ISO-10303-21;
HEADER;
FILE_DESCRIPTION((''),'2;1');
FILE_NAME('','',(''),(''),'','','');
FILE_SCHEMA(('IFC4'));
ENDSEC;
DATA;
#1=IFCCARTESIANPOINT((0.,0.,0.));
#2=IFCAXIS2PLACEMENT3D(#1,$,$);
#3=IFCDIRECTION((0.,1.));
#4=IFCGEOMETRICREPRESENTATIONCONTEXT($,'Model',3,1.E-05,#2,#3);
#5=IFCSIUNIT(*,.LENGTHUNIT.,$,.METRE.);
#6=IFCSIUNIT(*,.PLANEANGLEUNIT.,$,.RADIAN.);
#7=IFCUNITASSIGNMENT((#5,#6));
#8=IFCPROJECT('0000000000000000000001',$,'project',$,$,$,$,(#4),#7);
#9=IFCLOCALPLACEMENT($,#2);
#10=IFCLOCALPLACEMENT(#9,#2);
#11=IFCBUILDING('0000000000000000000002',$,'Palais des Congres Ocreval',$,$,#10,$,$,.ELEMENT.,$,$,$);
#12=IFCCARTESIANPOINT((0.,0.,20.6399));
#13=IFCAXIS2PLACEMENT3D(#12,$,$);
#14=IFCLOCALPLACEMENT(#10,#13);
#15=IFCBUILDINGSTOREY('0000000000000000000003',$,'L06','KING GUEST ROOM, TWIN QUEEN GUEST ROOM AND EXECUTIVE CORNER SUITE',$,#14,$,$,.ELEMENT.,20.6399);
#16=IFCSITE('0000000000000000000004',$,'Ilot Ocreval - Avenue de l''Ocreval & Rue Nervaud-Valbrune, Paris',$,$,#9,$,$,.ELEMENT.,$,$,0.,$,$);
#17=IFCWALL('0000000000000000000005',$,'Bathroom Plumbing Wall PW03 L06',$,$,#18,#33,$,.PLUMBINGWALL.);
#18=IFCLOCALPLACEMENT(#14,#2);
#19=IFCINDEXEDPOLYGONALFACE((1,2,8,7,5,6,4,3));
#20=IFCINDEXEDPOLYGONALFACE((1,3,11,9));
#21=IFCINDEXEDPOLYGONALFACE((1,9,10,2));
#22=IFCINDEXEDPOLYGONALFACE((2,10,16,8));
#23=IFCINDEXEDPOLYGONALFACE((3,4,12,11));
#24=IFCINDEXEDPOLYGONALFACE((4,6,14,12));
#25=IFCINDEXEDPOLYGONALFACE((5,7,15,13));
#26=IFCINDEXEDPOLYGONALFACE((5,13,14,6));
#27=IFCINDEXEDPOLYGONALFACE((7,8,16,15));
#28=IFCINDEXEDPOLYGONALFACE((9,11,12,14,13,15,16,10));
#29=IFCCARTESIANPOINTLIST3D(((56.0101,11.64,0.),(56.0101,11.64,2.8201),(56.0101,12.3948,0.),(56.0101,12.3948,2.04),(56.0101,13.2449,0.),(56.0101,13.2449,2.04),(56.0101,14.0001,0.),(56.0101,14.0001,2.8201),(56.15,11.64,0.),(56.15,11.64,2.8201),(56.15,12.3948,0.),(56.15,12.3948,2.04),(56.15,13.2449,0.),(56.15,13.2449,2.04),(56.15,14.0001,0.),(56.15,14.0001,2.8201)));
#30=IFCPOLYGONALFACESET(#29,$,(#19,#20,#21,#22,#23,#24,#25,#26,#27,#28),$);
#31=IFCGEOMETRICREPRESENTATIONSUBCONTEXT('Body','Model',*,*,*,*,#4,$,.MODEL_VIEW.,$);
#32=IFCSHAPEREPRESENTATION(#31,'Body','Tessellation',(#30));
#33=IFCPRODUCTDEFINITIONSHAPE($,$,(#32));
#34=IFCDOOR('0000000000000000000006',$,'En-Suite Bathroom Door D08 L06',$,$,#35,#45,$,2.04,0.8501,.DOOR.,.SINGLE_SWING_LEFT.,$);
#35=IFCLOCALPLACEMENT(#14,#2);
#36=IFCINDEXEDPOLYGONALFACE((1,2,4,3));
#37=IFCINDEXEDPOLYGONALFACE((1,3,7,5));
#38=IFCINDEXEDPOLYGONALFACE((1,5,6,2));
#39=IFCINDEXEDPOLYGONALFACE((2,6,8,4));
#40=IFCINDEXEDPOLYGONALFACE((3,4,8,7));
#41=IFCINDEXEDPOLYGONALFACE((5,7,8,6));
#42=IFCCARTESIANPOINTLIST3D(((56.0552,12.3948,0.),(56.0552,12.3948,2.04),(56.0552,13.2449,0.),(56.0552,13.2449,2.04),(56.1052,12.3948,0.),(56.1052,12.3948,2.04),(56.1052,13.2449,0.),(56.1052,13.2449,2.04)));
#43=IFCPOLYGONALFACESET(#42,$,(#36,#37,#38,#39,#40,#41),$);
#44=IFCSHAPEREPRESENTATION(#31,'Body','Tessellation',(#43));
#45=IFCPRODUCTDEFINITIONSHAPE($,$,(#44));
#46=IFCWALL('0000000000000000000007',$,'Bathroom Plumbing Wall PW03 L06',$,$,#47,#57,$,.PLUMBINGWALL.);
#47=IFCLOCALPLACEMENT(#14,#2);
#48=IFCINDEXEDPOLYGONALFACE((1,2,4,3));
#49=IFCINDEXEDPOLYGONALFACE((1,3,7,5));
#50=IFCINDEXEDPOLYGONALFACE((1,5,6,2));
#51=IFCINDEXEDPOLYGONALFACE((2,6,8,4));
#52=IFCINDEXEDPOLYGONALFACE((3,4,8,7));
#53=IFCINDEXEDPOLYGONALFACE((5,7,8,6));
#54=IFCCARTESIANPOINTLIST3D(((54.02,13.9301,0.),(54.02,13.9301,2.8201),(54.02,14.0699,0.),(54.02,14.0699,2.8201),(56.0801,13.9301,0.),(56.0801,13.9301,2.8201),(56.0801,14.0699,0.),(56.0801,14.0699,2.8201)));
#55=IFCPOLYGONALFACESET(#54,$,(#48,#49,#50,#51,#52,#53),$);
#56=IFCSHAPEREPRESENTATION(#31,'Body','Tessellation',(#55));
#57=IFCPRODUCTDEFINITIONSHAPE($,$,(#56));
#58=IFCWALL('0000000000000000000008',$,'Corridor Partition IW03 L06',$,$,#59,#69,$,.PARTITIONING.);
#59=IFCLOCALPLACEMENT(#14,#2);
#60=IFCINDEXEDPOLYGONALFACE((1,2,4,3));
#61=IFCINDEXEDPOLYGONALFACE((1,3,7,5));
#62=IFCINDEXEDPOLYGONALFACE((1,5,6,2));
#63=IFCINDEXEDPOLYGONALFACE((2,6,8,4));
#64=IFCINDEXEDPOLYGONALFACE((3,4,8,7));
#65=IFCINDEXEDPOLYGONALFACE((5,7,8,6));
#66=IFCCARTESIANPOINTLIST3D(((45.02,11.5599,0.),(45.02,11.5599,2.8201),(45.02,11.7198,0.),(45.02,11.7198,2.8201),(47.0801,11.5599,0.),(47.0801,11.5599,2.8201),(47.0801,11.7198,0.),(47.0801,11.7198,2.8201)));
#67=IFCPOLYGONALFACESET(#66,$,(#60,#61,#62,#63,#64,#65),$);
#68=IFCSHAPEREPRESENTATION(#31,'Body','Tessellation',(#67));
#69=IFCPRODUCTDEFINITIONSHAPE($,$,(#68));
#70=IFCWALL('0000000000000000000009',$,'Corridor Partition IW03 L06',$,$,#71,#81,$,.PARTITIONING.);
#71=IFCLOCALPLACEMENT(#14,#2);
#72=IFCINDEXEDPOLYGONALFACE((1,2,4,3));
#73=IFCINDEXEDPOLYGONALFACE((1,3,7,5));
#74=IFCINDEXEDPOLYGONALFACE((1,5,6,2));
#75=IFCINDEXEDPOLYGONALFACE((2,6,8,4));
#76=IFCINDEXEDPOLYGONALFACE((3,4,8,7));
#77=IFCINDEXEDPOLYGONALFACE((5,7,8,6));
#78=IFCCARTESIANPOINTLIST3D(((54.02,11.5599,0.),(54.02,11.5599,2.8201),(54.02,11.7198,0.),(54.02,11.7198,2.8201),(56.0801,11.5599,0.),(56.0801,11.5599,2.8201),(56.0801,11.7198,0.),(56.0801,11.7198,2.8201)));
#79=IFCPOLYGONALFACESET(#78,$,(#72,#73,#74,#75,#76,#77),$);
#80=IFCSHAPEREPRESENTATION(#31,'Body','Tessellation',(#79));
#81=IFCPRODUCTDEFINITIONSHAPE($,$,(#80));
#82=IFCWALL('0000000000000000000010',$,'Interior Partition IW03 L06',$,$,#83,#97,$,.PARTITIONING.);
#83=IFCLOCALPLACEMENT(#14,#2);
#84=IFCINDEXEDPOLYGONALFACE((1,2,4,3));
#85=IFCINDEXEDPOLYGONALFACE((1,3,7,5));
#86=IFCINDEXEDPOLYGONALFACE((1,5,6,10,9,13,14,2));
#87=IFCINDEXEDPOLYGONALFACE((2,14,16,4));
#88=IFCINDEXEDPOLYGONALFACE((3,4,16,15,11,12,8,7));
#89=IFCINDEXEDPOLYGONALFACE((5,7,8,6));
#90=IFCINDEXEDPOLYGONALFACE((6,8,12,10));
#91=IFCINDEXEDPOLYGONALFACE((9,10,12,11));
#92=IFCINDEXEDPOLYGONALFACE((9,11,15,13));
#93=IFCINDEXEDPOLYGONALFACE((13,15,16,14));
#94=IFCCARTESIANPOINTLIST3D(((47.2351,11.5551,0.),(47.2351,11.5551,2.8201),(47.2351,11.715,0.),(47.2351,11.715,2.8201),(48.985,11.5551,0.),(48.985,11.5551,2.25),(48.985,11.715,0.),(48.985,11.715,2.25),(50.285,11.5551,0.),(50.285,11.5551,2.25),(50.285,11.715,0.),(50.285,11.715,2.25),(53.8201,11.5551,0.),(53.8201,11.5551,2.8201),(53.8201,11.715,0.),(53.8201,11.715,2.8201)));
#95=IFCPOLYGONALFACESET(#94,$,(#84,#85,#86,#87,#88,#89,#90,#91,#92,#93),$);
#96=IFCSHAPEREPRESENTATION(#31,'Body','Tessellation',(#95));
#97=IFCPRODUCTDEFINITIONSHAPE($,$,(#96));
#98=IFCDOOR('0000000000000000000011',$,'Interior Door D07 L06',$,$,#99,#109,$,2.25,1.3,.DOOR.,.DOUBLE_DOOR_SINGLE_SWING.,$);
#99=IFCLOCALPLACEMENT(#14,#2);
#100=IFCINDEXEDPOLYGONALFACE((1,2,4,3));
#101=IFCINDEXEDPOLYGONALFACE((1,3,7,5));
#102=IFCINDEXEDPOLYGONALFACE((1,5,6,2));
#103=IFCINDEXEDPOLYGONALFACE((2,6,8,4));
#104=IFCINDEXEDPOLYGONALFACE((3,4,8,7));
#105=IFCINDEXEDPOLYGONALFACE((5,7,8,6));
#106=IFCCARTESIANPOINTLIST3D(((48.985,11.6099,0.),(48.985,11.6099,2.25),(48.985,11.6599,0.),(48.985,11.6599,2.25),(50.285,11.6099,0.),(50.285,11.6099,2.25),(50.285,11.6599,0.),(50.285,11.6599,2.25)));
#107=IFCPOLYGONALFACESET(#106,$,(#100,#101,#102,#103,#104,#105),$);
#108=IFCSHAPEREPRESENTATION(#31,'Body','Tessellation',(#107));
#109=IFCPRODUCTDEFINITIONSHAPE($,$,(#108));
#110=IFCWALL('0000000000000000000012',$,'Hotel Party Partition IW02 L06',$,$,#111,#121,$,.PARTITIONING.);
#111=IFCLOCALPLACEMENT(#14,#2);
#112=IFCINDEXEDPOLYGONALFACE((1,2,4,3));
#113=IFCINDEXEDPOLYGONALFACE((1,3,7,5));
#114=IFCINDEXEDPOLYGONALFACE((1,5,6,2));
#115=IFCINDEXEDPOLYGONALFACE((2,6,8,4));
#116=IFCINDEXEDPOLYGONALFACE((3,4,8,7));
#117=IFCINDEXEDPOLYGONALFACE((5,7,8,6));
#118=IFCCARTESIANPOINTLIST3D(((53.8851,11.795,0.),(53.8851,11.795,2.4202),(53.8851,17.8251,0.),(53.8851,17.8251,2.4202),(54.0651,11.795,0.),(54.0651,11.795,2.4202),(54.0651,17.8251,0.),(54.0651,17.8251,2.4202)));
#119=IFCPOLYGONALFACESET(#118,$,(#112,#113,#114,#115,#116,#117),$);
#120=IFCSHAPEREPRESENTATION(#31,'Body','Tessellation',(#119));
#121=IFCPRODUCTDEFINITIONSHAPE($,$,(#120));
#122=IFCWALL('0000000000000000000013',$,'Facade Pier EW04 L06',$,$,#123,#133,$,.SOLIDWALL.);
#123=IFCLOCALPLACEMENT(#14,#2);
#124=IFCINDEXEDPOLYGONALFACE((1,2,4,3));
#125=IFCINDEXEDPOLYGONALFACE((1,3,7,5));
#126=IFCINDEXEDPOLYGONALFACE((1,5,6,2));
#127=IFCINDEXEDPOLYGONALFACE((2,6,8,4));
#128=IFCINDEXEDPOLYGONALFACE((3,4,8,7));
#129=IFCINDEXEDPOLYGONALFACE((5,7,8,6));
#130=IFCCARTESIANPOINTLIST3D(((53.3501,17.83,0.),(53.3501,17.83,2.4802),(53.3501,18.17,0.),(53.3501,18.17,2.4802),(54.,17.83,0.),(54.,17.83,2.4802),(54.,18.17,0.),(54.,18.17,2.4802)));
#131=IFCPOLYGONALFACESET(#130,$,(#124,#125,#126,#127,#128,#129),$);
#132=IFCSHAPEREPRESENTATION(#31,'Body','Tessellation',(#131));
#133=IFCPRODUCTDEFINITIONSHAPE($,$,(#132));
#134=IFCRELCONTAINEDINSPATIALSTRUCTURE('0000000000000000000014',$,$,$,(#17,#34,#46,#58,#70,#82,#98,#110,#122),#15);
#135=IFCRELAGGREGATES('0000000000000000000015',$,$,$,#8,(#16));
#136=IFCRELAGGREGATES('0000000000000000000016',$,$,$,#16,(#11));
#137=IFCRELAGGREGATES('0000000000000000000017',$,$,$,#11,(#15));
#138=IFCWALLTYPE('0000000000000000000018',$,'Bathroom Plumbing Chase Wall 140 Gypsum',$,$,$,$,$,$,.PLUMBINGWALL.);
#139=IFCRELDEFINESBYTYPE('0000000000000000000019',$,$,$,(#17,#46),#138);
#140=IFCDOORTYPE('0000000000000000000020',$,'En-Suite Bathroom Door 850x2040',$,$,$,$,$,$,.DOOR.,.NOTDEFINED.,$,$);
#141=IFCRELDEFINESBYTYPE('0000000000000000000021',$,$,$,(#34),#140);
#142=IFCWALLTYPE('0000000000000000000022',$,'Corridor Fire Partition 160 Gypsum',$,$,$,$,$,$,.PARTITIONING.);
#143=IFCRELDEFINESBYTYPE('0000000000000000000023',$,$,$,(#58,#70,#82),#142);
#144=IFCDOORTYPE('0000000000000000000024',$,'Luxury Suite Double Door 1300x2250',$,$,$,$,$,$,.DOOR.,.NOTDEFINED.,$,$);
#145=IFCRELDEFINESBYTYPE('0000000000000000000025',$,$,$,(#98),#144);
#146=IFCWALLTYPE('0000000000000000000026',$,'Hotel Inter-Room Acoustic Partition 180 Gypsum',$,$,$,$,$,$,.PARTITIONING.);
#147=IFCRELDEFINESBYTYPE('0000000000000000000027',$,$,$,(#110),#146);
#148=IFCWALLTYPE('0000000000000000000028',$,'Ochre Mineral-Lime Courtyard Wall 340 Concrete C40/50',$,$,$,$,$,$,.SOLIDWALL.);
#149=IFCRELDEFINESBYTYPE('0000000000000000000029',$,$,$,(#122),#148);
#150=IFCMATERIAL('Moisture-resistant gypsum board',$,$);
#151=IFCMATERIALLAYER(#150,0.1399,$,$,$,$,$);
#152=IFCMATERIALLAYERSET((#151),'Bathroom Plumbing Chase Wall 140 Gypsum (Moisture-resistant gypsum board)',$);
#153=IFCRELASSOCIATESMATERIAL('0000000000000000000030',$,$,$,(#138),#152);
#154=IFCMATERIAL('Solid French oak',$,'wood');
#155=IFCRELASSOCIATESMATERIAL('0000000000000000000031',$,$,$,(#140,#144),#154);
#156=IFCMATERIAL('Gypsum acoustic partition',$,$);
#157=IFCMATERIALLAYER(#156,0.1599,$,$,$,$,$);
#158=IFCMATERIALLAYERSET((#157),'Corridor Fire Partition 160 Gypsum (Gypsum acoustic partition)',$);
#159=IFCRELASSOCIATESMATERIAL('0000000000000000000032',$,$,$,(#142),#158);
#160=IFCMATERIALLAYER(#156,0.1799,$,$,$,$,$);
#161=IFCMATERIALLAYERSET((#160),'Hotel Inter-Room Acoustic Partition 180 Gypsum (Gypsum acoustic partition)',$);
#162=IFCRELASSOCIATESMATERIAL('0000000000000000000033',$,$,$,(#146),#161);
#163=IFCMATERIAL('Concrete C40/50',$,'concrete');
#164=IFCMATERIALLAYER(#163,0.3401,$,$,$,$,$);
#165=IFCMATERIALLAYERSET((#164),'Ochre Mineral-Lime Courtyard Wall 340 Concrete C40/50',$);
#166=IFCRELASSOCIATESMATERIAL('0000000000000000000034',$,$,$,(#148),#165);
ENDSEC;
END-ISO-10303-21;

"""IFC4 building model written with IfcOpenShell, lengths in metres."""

from ifc_helpers import new_model, si_unit, direction, frame, frame_2d, origin, place, context, subcontext, project, spatial, rectangle, extrude, material, layer, layer_set, type_object, element, fill, save


model = new_model("IFC4")

# Units and contexts
model_context = context("Model", 3, precision=1e-05, world=origin(), true_north=direction((0.0, 1.0)))
body_context = subcontext(model_context, "Body", "Model", "MODEL_VIEW")
ifc_project = project(units=[si_unit("LENGTHUNIT", "METRE"), si_unit("PLANEANGLEUNIT", "RADIAN")], contexts=[model_context])

# Site, building, storey
site_placement = place(None, origin())
site = spatial("IfcSite", under=ifc_project, at=site_placement, Name="Ilot Ocreval - Avenue de l'Ocreval & Rue Nervaud-Valbrune, Paris", CompositionType="ELEMENT", RefElevation=0.0)
building_placement = place(site_placement, origin())
building = spatial("IfcBuilding", under=site, at=building_placement, Name="Palais des Congres Ocreval", CompositionType="ELEMENT")
storey_placement = place(building_placement, frame((0.0, 0.0, 20.6399)))
storey = spatial("IfcBuildingStorey", under=building, at=storey_placement, Name="L06", Description="KING GUEST ROOM, TWIN QUEEN GUEST ROOM AND EXECUTIVE CORNER SUITE", CompositionType="ELEMENT", Elevation=20.6399)

# Shared definitions
ifc_material_1 = material(Name="Concrete C40/50", Category="concrete")

# Shared definitions
ifc_material_2 = material(Name="Moisture-resistant gypsum board")
ifc_layer_1 = layer(ifc_material_2, 0.1399)
ifc_layer_set_1 = layer_set([ifc_layer_1], Name="Bathroom Plumbing Chase Wall 140 Gypsum (Moisture-resistant gypsum board)")
wall_type_1 = type_object("IfcWallType", Name="Bathroom Plumbing Chase Wall 140 Gypsum", PredefinedType="PLUMBINGWALL", material=ifc_layer_set_1)
ifc_material_3 = material(Name="Solid French oak", Category="wood")
door_type_1 = type_object("IfcDoorType", Name="En-Suite Bathroom Door 850x2040", OperationType="NOTDEFINED", PredefinedType="DOOR", material=ifc_material_3)

# Wall, opening, door
wall_1_placement = place(storey_placement, frame((56.0801, 11.6399, 0.0), z_axis=(0.0, 0.0, 1.0), x_axis=(0.0, 1.0, 0.0)))
wall_1 = element("IfcWall", 1, at=wall_1_placement, inside=storey, type_object=wall_type_1, Name="Bathroom Plumbing Wall PW03 L06", PredefinedType="PLUMBINGWALL", context=body_context, shape_type="SweptSolid", body=[
    extrude(rectangle(XDim=2.3601, YDim=0.1399, at=frame_2d((1.1802, 0.0))), origin(), (0.0, 0.0, 1.0), 2.8201),
])
opening_1_placement = place(wall_1_placement, frame((0.7549, 0.0, 0.0)))
opening_1 = element("IfcOpeningElement", 2, at=opening_1_placement, cuts=wall_1, PredefinedType="OPENING", context=body_context, shape_type="SweptSolid", body=[
    extrude(rectangle(XDim=0.8501, YDim=2.04, at=frame_2d((0.425, 1.02))), frame((0.0, 0.0798, 0.0), z_axis=(0.0, -1.0, 0.0), x_axis=(1.0, 0.0, 0.0)), (0.0, 0.0, 1.0), 0.1599),
])
door_1_placement = place(opening_1_placement, origin())
door_1 = element("IfcDoor", 3, at=door_1_placement, inside=storey, type_object=door_type_1, Name="En-Suite Bathroom Door D08 L06", OperationType="SINGLE_SWING_LEFT", OverallHeight=2.04, OverallWidth=0.8501, PredefinedType="DOOR", context=body_context, shape_type="SweptSolid", body=[
    extrude(rectangle(XDim=0.8501, YDim=2.04, at=frame_2d((0.425, 1.02))), frame((0.0, 0.0249, 0.0), z_axis=(0.0, -1.0, 0.0), x_axis=(1.0, 0.0, 0.0)), (0.0, 0.0, 1.0), 0.05),
])
fill(opening_1, door_1)

# Walls
wall_2_placement = place(storey_placement, frame((54.02, 14.0, 0.0), z_axis=(0.0, 0.0, 1.0), x_axis=(1.0, 0.0, 0.0)))
element("IfcWall", 4, at=wall_2_placement, inside=storey, type_object=wall_type_1, Name="Bathroom Plumbing Wall PW03 L06", PredefinedType="PLUMBINGWALL", context=body_context, shape_type="SweptSolid", body=[
    extrude(rectangle(XDim=2.0601, YDim=0.1399, at=frame_2d((1.03, 0.0))), origin(), (0.0, 0.0, 1.0), 2.8201),
])
ifc_material_4 = material(Name="Gypsum acoustic partition")
ifc_layer_2 = layer(ifc_material_4, 0.1599)
ifc_layer_set_2 = layer_set([ifc_layer_2], Name="Corridor Fire Partition 160 Gypsum (Gypsum acoustic partition)")
wall_type_2 = type_object("IfcWallType", Name="Corridor Fire Partition 160 Gypsum", PredefinedType="PARTITIONING", material=ifc_layer_set_2)
for number, where, z_axis, x_axis, name in (
    (5, (45.02, 11.6399, 0.0), (0.0, 0.0, 1.0), (1.0, 0.0, 0.0), "Corridor Partition IW03 L06"),
    (6, (54.02, 11.6399, 0.0), (0.0, 0.0, 1.0), (1.0, 0.0, 0.0), "Corridor Partition IW03 L06"),
):
    element("IfcWall", number, at=place(storey_placement, frame(where, z_axis=z_axis, x_axis=x_axis)), inside=storey, type_object=wall_type_2, Name=name, PredefinedType="PARTITIONING", context=body_context, shape_type="SweptSolid", body=[
        extrude(rectangle(XDim=2.0601, YDim=0.1599, at=frame_2d((1.03, 0.0))), origin(), (0.0, 0.0, 1.0), 2.8201),
    ])

# Wall, opening, door
wall_3_placement = place(storey_placement, frame((47.2351, 11.635, 0.0), z_axis=(0.0, 0.0, 1.0), x_axis=(1.0, 0.0, 0.0)))
wall_3 = element("IfcWall", 7, at=wall_3_placement, inside=storey, type_object=wall_type_2, Name="Interior Partition IW03 L06", PredefinedType="PARTITIONING", context=body_context, shape_type="SweptSolid", body=[
    extrude(rectangle(XDim=6.585, YDim=0.1599, at=frame_2d((3.2925, 0.0))), origin(), (0.0, 0.0, 1.0), 2.8201),
])
opening_2_placement = place(wall_3_placement, frame((1.75, 0.0, 0.0)))
opening_2 = element("IfcOpeningElement", 8, at=opening_2_placement, cuts=wall_3, PredefinedType="OPENING", context=body_context, shape_type="SweptSolid", body=[
    extrude(rectangle(XDim=1.3, YDim=2.25, at=frame_2d((0.6499, 1.125))), frame((0.0, 0.0898, 0.0), z_axis=(0.0, -1.0, 0.0), x_axis=(1.0, 0.0, 0.0)), (0.0, 0.0, 1.0), 0.1799),
])
door_type_2 = type_object("IfcDoorType", Name="Luxury Suite Double Door 1300x2250", OperationType="NOTDEFINED", PredefinedType="DOOR", material=ifc_material_3)
door_2_placement = place(opening_2_placement, origin())
door_2 = element("IfcDoor", 9, at=door_2_placement, inside=storey, type_object=door_type_2, Name="Interior Door D07 L06", OperationType="DOUBLE_DOOR_SINGLE_SWING", OverallHeight=2.25, OverallWidth=1.3, PredefinedType="DOOR", context=body_context, shape_type="SweptSolid", body=[
    extrude(rectangle(XDim=1.3, YDim=2.25, at=frame_2d((0.6499, 1.125))), frame((0.0, 0.0249, 0.0), z_axis=(0.0, -1.0, 0.0), x_axis=(1.0, 0.0, 0.0)), (0.0, 0.0, 1.0), 0.05),
])
fill(opening_2, door_2)

# Walls
ifc_layer_3 = layer(ifc_material_4, 0.1799)
ifc_layer_set_3 = layer_set([ifc_layer_3], Name="Hotel Inter-Room Acoustic Partition 180 Gypsum (Gypsum acoustic partition)")
wall_type_3 = type_object("IfcWallType", Name="Hotel Inter-Room Acoustic Partition 180 Gypsum", PredefinedType="PARTITIONING", material=ifc_layer_set_3)
wall_4_placement = place(storey_placement, frame((53.9751, 11.7949, 0.0), z_axis=(0.0, 0.0, 1.0), x_axis=(0.0, 1.0, 0.0)))
element("IfcWall", 10, at=wall_4_placement, inside=storey, type_object=wall_type_3, Name="Hotel Party Partition IW02 L06", PredefinedType="PARTITIONING", context=body_context, shape_type="SweptSolid", body=[
    extrude(rectangle(XDim=6.03, YDim=0.1799, at=frame_2d((3.0151, 0.0))), origin(), (0.0, 0.0, 1.0), 2.4202),
])
ifc_layer_4 = layer(ifc_material_1, 0.3401)
ifc_layer_set_4 = layer_set([ifc_layer_4], Name="Ochre Mineral-Lime Courtyard Wall 340 Concrete C40/50")
wall_type_4 = type_object("IfcWallType", Name="Ochre Mineral-Lime Courtyard Wall 340 Concrete C40/50", PredefinedType="SOLIDWALL", material=ifc_layer_set_4)
wall_5_placement = place(storey_placement, frame((53.3501, 18.0, 0.0), z_axis=(0.0, 0.0, 1.0), x_axis=(1.0, 0.0, 0.0)))
element("IfcWall", 11, at=wall_5_placement, inside=storey, type_object=wall_type_4, Name="Facade Pier EW04 L06", PredefinedType="SOLIDWALL", context=body_context, shape_type="SweptSolid", body=[
    extrude(rectangle(XDim=0.6499, YDim=0.3401, at=frame_2d((0.325, 0.0))), origin(), (0.0, 0.0, 1.0), 2.4802),
])

save(model, "model.ifc")
